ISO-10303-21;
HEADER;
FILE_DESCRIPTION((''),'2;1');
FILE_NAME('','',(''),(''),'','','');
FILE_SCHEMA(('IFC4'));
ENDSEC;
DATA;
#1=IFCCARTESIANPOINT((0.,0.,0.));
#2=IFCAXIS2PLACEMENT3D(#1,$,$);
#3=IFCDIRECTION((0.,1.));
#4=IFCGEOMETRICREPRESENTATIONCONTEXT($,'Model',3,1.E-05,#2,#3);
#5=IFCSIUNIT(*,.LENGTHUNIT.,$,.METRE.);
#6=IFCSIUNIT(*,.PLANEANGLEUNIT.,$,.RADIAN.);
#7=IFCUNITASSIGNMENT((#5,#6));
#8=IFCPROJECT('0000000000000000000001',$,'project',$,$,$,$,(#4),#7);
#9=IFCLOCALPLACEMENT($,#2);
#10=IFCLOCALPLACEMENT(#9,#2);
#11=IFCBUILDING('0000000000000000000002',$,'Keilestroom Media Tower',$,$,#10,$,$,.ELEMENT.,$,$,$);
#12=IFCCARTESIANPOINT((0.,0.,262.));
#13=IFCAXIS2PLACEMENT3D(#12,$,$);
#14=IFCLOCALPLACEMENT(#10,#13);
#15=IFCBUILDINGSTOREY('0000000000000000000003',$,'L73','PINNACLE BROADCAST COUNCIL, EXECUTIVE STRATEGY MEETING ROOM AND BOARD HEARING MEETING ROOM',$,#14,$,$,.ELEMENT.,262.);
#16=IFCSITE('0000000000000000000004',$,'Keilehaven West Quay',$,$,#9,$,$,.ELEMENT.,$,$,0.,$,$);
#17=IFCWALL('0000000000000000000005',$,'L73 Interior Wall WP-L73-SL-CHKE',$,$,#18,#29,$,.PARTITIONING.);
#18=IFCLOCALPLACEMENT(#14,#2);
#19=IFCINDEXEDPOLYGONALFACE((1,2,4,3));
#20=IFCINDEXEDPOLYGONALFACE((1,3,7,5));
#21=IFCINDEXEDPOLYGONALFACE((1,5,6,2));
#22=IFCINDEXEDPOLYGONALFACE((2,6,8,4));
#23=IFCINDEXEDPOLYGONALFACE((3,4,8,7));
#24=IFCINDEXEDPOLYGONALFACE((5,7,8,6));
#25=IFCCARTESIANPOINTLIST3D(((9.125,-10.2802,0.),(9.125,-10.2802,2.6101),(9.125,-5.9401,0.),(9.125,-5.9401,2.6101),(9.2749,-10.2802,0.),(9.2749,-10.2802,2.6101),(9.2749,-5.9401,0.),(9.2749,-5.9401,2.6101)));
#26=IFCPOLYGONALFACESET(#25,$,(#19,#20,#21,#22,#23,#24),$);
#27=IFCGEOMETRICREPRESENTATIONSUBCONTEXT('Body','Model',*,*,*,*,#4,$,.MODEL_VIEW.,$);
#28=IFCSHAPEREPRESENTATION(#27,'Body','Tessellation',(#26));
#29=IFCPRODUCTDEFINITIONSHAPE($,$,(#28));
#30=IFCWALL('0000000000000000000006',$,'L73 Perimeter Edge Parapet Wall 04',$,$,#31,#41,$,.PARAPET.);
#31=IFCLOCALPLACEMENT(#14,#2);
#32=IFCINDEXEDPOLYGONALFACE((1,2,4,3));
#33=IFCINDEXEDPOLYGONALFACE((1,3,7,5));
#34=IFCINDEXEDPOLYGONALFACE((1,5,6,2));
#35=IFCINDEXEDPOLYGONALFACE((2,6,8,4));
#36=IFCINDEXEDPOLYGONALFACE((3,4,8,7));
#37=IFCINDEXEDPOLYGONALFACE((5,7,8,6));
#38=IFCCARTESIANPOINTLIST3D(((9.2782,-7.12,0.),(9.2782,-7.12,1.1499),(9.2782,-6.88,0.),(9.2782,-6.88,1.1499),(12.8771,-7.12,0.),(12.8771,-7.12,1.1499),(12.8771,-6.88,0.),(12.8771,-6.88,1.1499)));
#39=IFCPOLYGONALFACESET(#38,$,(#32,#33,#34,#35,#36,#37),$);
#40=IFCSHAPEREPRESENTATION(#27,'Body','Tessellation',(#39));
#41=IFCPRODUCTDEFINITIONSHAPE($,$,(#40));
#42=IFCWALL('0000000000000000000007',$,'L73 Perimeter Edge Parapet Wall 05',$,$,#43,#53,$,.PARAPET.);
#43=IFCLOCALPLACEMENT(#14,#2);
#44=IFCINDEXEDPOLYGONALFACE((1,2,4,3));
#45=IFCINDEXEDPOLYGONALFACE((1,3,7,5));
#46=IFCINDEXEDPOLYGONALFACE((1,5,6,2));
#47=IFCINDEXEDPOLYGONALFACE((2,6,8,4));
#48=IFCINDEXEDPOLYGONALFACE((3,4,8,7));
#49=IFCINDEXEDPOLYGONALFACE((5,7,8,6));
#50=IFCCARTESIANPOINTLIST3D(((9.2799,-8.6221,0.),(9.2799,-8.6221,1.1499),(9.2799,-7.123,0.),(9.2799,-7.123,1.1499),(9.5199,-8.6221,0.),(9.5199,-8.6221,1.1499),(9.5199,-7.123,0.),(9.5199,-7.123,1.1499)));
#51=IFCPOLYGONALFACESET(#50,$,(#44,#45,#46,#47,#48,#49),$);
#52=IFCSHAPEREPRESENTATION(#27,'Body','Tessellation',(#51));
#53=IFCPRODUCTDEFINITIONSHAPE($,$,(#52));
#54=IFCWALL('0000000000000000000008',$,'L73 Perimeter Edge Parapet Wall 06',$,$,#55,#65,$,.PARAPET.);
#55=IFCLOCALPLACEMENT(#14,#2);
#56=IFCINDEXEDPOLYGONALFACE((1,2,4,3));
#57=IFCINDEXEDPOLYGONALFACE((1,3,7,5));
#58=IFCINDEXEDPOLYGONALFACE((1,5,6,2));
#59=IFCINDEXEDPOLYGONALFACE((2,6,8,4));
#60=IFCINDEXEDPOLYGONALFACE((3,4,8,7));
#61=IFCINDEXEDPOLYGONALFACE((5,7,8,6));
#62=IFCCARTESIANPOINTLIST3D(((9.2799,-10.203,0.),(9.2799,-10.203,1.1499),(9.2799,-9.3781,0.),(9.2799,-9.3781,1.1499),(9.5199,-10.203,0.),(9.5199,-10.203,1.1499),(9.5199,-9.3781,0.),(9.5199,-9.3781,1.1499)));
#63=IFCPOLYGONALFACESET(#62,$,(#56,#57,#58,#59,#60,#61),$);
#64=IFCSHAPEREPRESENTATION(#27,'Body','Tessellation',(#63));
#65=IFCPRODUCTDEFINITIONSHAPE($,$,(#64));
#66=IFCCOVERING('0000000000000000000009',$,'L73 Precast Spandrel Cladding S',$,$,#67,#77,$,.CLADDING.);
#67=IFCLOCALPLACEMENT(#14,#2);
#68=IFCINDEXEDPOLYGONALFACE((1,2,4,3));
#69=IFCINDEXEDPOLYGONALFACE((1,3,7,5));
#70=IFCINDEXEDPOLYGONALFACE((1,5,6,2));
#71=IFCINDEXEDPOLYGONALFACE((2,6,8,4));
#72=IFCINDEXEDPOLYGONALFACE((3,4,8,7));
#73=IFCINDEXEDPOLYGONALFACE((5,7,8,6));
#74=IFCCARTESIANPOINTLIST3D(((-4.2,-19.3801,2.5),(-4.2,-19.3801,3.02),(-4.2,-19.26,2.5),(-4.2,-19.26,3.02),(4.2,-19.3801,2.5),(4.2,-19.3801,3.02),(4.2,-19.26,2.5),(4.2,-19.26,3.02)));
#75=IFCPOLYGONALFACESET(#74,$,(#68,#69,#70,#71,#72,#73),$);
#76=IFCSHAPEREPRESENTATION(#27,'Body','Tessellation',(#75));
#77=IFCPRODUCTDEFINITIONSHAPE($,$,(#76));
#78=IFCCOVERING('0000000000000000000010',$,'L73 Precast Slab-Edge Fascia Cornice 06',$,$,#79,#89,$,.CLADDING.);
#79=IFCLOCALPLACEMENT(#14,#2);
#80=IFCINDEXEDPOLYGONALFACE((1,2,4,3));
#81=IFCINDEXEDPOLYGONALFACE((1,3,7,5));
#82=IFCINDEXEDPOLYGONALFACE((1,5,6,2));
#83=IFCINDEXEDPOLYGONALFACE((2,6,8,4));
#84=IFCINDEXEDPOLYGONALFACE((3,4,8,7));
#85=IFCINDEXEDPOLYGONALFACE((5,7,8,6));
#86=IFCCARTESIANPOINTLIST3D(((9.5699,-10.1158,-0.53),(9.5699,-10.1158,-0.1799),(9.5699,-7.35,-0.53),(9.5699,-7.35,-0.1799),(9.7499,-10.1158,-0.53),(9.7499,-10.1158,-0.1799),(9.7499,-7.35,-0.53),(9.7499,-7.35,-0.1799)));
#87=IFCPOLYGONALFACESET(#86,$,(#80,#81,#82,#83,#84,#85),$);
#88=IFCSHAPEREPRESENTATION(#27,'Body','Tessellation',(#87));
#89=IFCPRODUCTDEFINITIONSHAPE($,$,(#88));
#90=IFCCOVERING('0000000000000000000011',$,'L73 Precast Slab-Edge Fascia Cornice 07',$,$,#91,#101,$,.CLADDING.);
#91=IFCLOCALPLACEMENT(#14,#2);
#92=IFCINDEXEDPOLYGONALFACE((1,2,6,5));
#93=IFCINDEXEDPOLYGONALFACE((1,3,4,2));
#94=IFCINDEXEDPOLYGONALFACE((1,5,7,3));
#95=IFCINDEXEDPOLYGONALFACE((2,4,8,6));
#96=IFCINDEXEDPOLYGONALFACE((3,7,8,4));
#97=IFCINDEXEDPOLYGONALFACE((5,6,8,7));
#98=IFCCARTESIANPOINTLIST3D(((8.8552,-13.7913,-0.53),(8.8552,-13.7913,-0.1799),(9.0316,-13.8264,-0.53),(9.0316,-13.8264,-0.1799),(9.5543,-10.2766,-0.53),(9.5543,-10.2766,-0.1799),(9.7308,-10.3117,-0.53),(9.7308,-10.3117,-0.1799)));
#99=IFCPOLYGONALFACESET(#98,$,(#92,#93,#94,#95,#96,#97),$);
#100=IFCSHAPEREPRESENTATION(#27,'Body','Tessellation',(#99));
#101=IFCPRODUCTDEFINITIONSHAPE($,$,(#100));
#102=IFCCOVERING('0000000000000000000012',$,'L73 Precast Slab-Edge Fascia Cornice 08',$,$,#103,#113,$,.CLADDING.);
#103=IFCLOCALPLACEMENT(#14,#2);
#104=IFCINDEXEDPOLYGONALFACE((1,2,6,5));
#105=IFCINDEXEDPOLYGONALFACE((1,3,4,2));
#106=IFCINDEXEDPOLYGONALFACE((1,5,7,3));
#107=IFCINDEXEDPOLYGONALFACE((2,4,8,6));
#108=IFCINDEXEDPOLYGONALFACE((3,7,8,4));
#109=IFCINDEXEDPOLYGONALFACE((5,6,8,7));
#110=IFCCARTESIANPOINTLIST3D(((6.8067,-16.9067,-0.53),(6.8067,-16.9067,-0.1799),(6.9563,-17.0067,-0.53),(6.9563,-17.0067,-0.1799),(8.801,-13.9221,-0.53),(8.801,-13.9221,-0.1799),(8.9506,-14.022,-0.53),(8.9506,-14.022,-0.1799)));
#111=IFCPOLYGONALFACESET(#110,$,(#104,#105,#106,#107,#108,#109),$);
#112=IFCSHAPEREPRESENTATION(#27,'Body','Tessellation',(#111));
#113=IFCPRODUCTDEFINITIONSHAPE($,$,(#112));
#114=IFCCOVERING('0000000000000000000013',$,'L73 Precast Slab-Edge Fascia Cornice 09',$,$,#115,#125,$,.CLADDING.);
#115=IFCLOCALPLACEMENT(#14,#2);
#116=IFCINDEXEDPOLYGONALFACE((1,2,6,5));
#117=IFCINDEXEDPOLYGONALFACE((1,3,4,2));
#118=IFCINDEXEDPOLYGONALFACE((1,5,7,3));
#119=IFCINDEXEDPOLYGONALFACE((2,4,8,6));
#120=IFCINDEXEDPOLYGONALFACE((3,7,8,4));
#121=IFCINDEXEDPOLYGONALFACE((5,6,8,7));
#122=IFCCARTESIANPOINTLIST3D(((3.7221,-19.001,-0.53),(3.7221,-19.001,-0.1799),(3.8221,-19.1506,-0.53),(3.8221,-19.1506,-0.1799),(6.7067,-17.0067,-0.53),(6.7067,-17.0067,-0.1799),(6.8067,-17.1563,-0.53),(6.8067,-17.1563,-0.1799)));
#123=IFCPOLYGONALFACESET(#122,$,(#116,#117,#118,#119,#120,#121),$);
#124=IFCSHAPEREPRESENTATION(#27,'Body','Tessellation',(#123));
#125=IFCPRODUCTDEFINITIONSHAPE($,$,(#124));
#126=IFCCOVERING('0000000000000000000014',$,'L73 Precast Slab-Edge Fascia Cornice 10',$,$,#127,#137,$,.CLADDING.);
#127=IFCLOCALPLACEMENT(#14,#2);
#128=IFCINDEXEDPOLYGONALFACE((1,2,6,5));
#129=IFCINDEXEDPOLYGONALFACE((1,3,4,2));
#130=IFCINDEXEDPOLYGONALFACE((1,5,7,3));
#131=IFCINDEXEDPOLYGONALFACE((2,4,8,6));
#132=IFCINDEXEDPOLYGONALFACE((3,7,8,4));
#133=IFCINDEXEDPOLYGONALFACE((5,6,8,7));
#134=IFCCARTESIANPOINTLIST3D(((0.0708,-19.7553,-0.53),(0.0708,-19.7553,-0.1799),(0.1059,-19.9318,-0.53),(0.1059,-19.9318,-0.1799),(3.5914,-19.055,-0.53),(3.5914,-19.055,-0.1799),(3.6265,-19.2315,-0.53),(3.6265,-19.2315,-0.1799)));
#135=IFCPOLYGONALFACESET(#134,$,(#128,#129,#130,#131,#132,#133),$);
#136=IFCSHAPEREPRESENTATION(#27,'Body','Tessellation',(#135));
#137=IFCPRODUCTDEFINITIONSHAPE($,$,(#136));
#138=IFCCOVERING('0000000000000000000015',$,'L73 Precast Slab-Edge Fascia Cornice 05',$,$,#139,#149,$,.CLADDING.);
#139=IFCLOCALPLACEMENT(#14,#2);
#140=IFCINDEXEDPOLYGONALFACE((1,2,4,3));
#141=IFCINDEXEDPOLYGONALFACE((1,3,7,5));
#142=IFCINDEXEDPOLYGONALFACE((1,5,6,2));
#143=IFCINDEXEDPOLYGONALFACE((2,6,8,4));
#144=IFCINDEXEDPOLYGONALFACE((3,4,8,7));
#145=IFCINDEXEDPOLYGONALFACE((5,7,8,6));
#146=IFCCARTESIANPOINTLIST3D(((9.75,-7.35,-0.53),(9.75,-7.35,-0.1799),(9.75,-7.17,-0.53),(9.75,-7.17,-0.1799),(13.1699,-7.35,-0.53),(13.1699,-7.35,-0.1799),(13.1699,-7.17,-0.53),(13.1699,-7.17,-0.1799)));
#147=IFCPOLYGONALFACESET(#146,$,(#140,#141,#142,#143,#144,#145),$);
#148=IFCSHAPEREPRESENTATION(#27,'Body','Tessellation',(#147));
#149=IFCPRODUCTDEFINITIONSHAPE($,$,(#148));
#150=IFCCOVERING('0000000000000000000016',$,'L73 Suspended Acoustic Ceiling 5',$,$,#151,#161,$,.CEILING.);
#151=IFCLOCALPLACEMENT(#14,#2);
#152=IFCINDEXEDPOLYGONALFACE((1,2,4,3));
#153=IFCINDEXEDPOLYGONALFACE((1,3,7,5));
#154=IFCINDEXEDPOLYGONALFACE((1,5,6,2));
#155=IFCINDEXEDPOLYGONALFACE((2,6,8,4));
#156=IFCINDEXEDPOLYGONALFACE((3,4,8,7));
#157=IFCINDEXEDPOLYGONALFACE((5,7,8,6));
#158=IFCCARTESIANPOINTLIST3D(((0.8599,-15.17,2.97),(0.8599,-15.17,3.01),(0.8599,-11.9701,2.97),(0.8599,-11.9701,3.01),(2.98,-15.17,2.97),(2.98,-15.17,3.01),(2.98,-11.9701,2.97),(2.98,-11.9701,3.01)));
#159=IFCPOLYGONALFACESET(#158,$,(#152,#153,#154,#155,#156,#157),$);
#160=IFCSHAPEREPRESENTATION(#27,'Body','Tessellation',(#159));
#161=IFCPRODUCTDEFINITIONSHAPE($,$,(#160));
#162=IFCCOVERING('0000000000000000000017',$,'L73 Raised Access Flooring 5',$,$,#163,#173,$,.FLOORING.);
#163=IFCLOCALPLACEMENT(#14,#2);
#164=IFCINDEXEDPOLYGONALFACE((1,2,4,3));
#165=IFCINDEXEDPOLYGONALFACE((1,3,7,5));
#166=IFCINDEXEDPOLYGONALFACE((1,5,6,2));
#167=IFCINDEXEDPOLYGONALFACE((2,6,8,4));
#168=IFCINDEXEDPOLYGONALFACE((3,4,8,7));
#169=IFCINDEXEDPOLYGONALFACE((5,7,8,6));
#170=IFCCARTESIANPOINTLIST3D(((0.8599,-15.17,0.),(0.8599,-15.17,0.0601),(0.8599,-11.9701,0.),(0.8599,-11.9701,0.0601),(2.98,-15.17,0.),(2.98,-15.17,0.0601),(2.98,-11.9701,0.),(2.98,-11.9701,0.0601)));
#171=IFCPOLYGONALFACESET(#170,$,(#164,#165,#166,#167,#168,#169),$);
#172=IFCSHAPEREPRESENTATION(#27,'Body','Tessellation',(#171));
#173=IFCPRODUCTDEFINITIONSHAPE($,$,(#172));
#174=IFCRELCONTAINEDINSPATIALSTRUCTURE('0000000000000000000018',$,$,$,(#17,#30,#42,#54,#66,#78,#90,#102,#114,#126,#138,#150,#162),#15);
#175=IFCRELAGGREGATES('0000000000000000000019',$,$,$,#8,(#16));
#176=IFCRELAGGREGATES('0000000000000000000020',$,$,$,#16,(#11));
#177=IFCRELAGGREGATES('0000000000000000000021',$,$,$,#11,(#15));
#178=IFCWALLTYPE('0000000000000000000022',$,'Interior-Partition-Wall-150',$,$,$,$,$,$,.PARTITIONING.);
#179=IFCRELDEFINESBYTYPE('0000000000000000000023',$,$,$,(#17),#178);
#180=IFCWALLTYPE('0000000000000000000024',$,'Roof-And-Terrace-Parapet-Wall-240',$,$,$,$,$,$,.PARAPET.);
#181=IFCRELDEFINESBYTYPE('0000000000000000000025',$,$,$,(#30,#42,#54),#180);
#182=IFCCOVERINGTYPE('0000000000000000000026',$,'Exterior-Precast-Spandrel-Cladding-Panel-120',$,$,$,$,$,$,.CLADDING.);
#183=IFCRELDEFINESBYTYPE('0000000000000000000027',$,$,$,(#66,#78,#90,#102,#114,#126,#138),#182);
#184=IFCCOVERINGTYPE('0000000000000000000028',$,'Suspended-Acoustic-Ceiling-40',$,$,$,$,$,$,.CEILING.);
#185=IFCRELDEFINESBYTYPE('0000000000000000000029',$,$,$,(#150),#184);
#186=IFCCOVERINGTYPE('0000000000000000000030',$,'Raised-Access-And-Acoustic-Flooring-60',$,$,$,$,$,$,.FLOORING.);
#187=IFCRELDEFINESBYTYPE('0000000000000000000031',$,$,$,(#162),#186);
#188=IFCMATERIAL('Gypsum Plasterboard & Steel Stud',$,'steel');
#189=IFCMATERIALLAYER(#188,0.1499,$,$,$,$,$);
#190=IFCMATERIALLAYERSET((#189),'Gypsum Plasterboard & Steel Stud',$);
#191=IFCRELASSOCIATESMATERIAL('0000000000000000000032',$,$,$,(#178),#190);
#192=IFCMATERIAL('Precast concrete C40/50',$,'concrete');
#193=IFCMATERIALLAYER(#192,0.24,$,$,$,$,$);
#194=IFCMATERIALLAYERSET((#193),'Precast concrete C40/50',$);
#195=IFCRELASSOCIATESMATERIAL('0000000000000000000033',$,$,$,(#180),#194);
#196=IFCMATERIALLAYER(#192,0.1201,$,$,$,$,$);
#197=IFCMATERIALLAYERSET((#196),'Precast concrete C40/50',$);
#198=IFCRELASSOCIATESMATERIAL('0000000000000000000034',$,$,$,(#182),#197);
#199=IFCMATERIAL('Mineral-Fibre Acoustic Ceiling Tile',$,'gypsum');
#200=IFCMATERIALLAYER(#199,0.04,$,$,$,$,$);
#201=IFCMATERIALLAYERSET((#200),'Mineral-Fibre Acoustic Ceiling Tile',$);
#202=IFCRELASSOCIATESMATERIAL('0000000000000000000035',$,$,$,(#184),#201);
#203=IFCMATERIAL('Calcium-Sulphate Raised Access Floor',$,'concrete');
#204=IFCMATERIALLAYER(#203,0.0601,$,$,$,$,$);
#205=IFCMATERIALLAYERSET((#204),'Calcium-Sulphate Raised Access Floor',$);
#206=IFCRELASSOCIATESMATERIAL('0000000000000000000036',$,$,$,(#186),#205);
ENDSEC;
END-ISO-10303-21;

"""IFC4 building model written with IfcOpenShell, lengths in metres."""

from ifc_helpers import new_model, si_unit, direction, frame, frame_2d, origin, origin_2d, place, context, subcontext, project, spatial, rectangle, extrude, source, transform, mapped, material, layer, layer_set, type_object, element, save


model = new_model("IFC4")

# Units and contexts
model_context = context("Model", 3, precision=1e-05, world=origin(), true_north=direction((0.0, 1.0)))
body_context = subcontext(model_context, "Body", "Model", "MODEL_VIEW")
ifc_project = project(units=[si_unit("LENGTHUNIT", "METRE"), si_unit("PLANEANGLEUNIT", "RADIAN")], contexts=[model_context])

# Site, building, storey
site_placement = place(None, origin())
site = spatial("IfcSite", under=ifc_project, at=site_placement, Name="Keilehaven West Quay", CompositionType="ELEMENT", RefElevation=0.0)
building_placement = place(site_placement, origin())
building = spatial("IfcBuilding", under=site, at=building_placement, Name="Keilestroom Media Tower", CompositionType="ELEMENT")
storey_placement = place(building_placement, frame((0.0, 0.0, 262.0)))
storey = spatial("IfcBuildingStorey", under=building, at=storey_placement, Name="L73", Description="PINNACLE BROADCAST COUNCIL, EXECUTIVE STRATEGY MEETING ROOM AND BOARD HEARING MEETING ROOM", CompositionType="ELEMENT", Elevation=262.0)

# Walls
ifc_material_1 = material(Name="Precast concrete C40/50", Category="concrete")
ifc_material_2 = material(Name="Gypsum Plasterboard & Steel Stud", Category="steel")
ifc_layer_1 = layer(ifc_material_2, 0.1499)
ifc_layer_set_1 = layer_set([ifc_layer_1], Name="Gypsum Plasterboard & Steel Stud")
wall_type_1 = type_object("IfcWallType", Name="Interior-Partition-Wall-150", PredefinedType="PARTITIONING", material=ifc_layer_set_1)
wall_1_placement = place(storey_placement, frame((9.2, -10.28, 0.0), z_axis=(0.0, 0.0, 1.0), x_axis=(0.0, 1.0, 0.0)))
element("IfcWall", 1, at=wall_1_placement, inside=storey, type_object=wall_type_1, Name="L73 Interior Wall WP-L73-SL-CHKE", PredefinedType="PARTITIONING", context=body_context, shape_type="SweptSolid", body=[
    extrude(rectangle(XDim=4.3401, YDim=0.1499, at=frame_2d((2.1699, 0.0))), origin(), (0.0, 0.0, 1.0), 2.6101),
])
ifc_layer_2 = layer(ifc_material_1, 0.24)
ifc_layer_set_2 = layer_set([ifc_layer_2], Name="Precast concrete C40/50")
wall_type_2 = type_object("IfcWallType", Name="Roof-And-Terrace-Parapet-Wall-240", PredefinedType="PARAPET", material=ifc_layer_set_2)
wall_2_placement = place(storey_placement, frame((12.877, -7.0, 0.0), z_axis=(0.0, 0.0, 1.0), x_axis=(-1.0, 0.0, 0.0)))
element("IfcWall", 2, at=wall_2_placement, inside=storey, type_object=wall_type_2, Name="L73 Perimeter Edge Parapet Wall 04", PredefinedType="PARAPET", context=body_context, shape_type="SweptSolid", body=[
    extrude(rectangle(XDim=3.5989, YDim=0.24, at=frame_2d((1.7993, 0.0))), origin(), (0.0, 0.0, 1.0), 1.1499),
])
wall_3_placement = place(storey_placement, frame((9.3999, -7.123, 0.0), z_axis=(0.0, 0.0, 1.0), x_axis=(0.0, -1.0, 0.0)))
element("IfcWall", 3, at=wall_3_placement, inside=storey, type_object=wall_type_2, Name="L73 Perimeter Edge Parapet Wall 05", PredefinedType="PARAPET", context=body_context, shape_type="SweptSolid", body=[
    extrude(rectangle(XDim=1.499, YDim=0.24, at=frame_2d((0.7495, 0.0))), origin(), (0.0, 0.0, 1.0), 1.1499),
])
wall_4_placement = place(storey_placement, frame((9.3999, -9.3779, 0.0), z_axis=(0.0, 0.0, 1.0), x_axis=(0.0, -1.0, 0.0)))
element("IfcWall", 4, at=wall_4_placement, inside=storey, type_object=wall_type_2, Name="L73 Perimeter Edge Parapet Wall 06", PredefinedType="PARAPET", context=body_context, shape_type="SweptSolid", body=[
    extrude(rectangle(XDim=0.825, YDim=0.24, at=frame_2d((0.4126, 0.0))), origin(), (0.0, 0.0, 1.0), 1.1499),
])

# Coverings
ifc_layer_3 = layer(ifc_material_1, 0.1201)
ifc_layer_set_3 = layer_set([ifc_layer_3], Name="Precast concrete C40/50")
covering_type_1 = type_object("IfcCoveringType", Name="Exterior-Precast-Spandrel-Cladding-Panel-120", PredefinedType="CLADDING", material=ifc_layer_set_3)
shared_shape_1 = source(origin(), body_context, "Body", "SweptSolid", [
    extrude(rectangle(XDim=8.3999, YDim=0.1201, at=origin_2d()), origin(), (0.0, 0.0, 1.0), 0.52),
])
covering_1_placement = place(storey_placement, frame((0.0, -19.3201, 2.5), z_axis=(0.0, 0.0, 1.0), x_axis=(1.0, 0.0, 0.0)))
element("IfcCovering", 5, at=covering_1_placement, inside=storey, type_object=covering_type_1, Name="L73 Precast Spandrel Cladding S", PredefinedType="CLADDING", context=body_context, shape_type="MappedRepresentation", body=[
    mapped(shared_shape_1, transform((0.0, 0.0, 0.0), x_axis=(1.0, 0.0, 0.0), y_axis=(0.0, 1.0, 0.0), z_axis=(0.0, 0.0, 1.0), scale=1.0)),
])
shared_shape_2 = source(origin(), body_context, "Body", "SweptSolid", [
    extrude(rectangle(XDim=2.7659, YDim=0.1799, at=origin_2d()), origin(), (0.0, 0.0, 1.0), 0.3501),
])
covering_2_placement = place(storey_placement, frame((9.6599, -8.7329, -0.53), z_axis=(0.0, 0.0, 1.0), x_axis=(0.0, -1.0, 0.0)))
element("IfcCovering", 6, at=covering_2_placement, inside=storey, type_object=covering_type_1, Name="L73 Precast Slab-Edge Fascia Cornice 06", PredefinedType="CLADDING", context=body_context, shape_type="MappedRepresentation", body=[
    mapped(shared_shape_2, transform((0.0, 0.0, 0.0), x_axis=(1.0, 0.0, 0.0), y_axis=(0.0, 1.0, 0.0), z_axis=(0.0, 0.0, 1.0), scale=1.0)),
])
shared_shape_3 = source(origin(), body_context, "Body", "SweptSolid", [
    extrude(rectangle(XDim=3.5835, YDim=0.1799, at=origin_2d()), origin(), (0.0, 0.0, 1.0), 0.3501),
])
covering_3_placement = place(storey_placement, frame((9.293, -12.0515, -0.53), z_axis=(0.0, 0.0, 1.0), x_axis=(-0.195099, -0.980784, 0.0)))
element("IfcCovering", 7, at=covering_3_placement, inside=storey, type_object=covering_type_1, Name="L73 Precast Slab-Edge Fascia Cornice 07", PredefinedType="CLADDING", context=body_context, shape_type="MappedRepresentation", body=[
    mapped(shared_shape_3, transform((0.0, 0.0, 0.0), x_axis=(1.0, 0.0, 0.0), y_axis=(0.0, 1.0, 0.0), z_axis=(0.0, 0.0, 1.0), scale=1.0)),
])
shared_shape_4 = source(origin(), body_context, "Body", "SweptSolid", [
    extrude(rectangle(XDim=3.5896, YDim=0.1799, at=origin_2d()), origin(), (0.0, 0.0, 1.0), 0.3501),
])
for number, where, z_axis, x_axis, name in (
    (8, (7.8787, -15.4644, -0.53), (0.0, 0.0, 1.0), (-0.555575, -0.831467, 0.0), "L73 Precast Slab-Edge Fascia Cornice 08"),
    (9, (5.2644, -18.0786, -0.53), (0.0, 0.0, 1.0), (-0.831467, -0.555575, 0.0), "L73 Precast Slab-Edge Fascia Cornice 09"),
    (10, (1.8486, -19.4934, -0.53), (0.0, 0.0, 1.0), (-0.980784, -0.195099, 0.0), "L73 Precast Slab-Edge Fascia Cornice 10"),
):
    element("IfcCovering", number, at=place(storey_placement, frame(where, z_axis=z_axis, x_axis=x_axis)), inside=storey, type_object=covering_type_1, Name=name, PredefinedType="CLADDING", context=body_context, shape_type="MappedRepresentation", body=[
        mapped(shared_shape_4, transform((0.0, 0.0, 0.0), x_axis=(1.0, 0.0, 0.0), y_axis=(0.0, 1.0, 0.0), z_axis=(0.0, 0.0, 1.0), scale=1.0)),
    ])
shared_shape_5 = source(origin(), body_context, "Body", "SweptSolid", [
    extrude(rectangle(XDim=3.4199, YDim=0.1799, at=origin_2d()), origin(), (0.0, 0.0, 1.0), 0.3501),
])
covering_4_placement = place(storey_placement, frame((11.46, -7.26, -0.53), z_axis=(0.0, 0.0, 1.0), x_axis=(-1.0, 0.0, 0.0)))
element("IfcCovering", 11, at=covering_4_placement, inside=storey, type_object=covering_type_1, Name="L73 Precast Slab-Edge Fascia Cornice 05", PredefinedType="CLADDING", context=body_context, shape_type="MappedRepresentation", body=[
    mapped(shared_shape_5, transform((0.0, 0.0, 0.0), x_axis=(1.0, 0.0, 0.0), y_axis=(0.0, 1.0, 0.0), z_axis=(0.0, 0.0, 1.0), scale=1.0)),
])
ifc_material_3 = material(Name="Mineral-Fibre Acoustic Ceiling Tile", Category="gypsum")
ifc_layer_4 = layer(ifc_material_3, 0.04)
ifc_layer_set_4 = layer_set([ifc_layer_4], Name="Mineral-Fibre Acoustic Ceiling Tile")
covering_type_2 = type_object("IfcCoveringType", Name="Suspended-Acoustic-Ceiling-40", PredefinedType="CEILING", material=ifc_layer_set_4)
shared_shape_6 = source(origin(), body_context, "Body", "SweptSolid", [
    extrude(rectangle(XDim=2.1201, YDim=3.2, at=origin_2d()), origin(), (0.0, 0.0, 1.0), 0.04),
])
covering_5_placement = place(storey_placement, frame((1.9199, -13.5701, 2.97), z_axis=(0.0, 0.0, 1.0), x_axis=(1.0, 0.0, 0.0)))
element("IfcCovering", 12, at=covering_5_placement, inside=storey, type_object=covering_type_2, Name="L73 Suspended Acoustic Ceiling 5", PredefinedType="CEILING", context=body_context, shape_type="MappedRepresentation", body=[
    mapped(shared_shape_6, transform((0.0, 0.0, 0.0), x_axis=(1.0, 0.0, 0.0), y_axis=(0.0, 1.0, 0.0), z_axis=(0.0, 0.0, 1.0), scale=1.0)),
])
ifc_material_4 = material(Name="Calcium-Sulphate Raised Access Floor", Category="concrete")
ifc_layer_5 = layer(ifc_material_4, 0.0601)
ifc_layer_set_5 = layer_set([ifc_layer_5], Name="Calcium-Sulphate Raised Access Floor")
covering_type_3 = type_object("IfcCoveringType", Name="Raised-Access-And-Acoustic-Flooring-60", PredefinedType="FLOORING", material=ifc_layer_set_5)
shared_shape_7 = source(origin(), body_context, "Body", "SweptSolid", [
    extrude(rectangle(XDim=2.1201, YDim=3.2, at=origin_2d()), origin(), (0.0, 0.0, 1.0), 0.0601),
])
covering_6_placement = place(storey_placement, frame((1.9199, -13.5701, 0.0), z_axis=(0.0, 0.0, 1.0), x_axis=(1.0, 0.0, 0.0)))
element("IfcCovering", 13, at=covering_6_placement, inside=storey, type_object=covering_type_3, Name="L73 Raised Access Flooring 5", PredefinedType="FLOORING", context=body_context, shape_type="MappedRepresentation", body=[
    mapped(shared_shape_7, transform((0.0, 0.0, 0.0), x_axis=(1.0, 0.0, 0.0), y_axis=(0.0, 1.0, 0.0), z_axis=(0.0, 0.0, 1.0), scale=1.0)),
])

save(model, "model.ifc")
